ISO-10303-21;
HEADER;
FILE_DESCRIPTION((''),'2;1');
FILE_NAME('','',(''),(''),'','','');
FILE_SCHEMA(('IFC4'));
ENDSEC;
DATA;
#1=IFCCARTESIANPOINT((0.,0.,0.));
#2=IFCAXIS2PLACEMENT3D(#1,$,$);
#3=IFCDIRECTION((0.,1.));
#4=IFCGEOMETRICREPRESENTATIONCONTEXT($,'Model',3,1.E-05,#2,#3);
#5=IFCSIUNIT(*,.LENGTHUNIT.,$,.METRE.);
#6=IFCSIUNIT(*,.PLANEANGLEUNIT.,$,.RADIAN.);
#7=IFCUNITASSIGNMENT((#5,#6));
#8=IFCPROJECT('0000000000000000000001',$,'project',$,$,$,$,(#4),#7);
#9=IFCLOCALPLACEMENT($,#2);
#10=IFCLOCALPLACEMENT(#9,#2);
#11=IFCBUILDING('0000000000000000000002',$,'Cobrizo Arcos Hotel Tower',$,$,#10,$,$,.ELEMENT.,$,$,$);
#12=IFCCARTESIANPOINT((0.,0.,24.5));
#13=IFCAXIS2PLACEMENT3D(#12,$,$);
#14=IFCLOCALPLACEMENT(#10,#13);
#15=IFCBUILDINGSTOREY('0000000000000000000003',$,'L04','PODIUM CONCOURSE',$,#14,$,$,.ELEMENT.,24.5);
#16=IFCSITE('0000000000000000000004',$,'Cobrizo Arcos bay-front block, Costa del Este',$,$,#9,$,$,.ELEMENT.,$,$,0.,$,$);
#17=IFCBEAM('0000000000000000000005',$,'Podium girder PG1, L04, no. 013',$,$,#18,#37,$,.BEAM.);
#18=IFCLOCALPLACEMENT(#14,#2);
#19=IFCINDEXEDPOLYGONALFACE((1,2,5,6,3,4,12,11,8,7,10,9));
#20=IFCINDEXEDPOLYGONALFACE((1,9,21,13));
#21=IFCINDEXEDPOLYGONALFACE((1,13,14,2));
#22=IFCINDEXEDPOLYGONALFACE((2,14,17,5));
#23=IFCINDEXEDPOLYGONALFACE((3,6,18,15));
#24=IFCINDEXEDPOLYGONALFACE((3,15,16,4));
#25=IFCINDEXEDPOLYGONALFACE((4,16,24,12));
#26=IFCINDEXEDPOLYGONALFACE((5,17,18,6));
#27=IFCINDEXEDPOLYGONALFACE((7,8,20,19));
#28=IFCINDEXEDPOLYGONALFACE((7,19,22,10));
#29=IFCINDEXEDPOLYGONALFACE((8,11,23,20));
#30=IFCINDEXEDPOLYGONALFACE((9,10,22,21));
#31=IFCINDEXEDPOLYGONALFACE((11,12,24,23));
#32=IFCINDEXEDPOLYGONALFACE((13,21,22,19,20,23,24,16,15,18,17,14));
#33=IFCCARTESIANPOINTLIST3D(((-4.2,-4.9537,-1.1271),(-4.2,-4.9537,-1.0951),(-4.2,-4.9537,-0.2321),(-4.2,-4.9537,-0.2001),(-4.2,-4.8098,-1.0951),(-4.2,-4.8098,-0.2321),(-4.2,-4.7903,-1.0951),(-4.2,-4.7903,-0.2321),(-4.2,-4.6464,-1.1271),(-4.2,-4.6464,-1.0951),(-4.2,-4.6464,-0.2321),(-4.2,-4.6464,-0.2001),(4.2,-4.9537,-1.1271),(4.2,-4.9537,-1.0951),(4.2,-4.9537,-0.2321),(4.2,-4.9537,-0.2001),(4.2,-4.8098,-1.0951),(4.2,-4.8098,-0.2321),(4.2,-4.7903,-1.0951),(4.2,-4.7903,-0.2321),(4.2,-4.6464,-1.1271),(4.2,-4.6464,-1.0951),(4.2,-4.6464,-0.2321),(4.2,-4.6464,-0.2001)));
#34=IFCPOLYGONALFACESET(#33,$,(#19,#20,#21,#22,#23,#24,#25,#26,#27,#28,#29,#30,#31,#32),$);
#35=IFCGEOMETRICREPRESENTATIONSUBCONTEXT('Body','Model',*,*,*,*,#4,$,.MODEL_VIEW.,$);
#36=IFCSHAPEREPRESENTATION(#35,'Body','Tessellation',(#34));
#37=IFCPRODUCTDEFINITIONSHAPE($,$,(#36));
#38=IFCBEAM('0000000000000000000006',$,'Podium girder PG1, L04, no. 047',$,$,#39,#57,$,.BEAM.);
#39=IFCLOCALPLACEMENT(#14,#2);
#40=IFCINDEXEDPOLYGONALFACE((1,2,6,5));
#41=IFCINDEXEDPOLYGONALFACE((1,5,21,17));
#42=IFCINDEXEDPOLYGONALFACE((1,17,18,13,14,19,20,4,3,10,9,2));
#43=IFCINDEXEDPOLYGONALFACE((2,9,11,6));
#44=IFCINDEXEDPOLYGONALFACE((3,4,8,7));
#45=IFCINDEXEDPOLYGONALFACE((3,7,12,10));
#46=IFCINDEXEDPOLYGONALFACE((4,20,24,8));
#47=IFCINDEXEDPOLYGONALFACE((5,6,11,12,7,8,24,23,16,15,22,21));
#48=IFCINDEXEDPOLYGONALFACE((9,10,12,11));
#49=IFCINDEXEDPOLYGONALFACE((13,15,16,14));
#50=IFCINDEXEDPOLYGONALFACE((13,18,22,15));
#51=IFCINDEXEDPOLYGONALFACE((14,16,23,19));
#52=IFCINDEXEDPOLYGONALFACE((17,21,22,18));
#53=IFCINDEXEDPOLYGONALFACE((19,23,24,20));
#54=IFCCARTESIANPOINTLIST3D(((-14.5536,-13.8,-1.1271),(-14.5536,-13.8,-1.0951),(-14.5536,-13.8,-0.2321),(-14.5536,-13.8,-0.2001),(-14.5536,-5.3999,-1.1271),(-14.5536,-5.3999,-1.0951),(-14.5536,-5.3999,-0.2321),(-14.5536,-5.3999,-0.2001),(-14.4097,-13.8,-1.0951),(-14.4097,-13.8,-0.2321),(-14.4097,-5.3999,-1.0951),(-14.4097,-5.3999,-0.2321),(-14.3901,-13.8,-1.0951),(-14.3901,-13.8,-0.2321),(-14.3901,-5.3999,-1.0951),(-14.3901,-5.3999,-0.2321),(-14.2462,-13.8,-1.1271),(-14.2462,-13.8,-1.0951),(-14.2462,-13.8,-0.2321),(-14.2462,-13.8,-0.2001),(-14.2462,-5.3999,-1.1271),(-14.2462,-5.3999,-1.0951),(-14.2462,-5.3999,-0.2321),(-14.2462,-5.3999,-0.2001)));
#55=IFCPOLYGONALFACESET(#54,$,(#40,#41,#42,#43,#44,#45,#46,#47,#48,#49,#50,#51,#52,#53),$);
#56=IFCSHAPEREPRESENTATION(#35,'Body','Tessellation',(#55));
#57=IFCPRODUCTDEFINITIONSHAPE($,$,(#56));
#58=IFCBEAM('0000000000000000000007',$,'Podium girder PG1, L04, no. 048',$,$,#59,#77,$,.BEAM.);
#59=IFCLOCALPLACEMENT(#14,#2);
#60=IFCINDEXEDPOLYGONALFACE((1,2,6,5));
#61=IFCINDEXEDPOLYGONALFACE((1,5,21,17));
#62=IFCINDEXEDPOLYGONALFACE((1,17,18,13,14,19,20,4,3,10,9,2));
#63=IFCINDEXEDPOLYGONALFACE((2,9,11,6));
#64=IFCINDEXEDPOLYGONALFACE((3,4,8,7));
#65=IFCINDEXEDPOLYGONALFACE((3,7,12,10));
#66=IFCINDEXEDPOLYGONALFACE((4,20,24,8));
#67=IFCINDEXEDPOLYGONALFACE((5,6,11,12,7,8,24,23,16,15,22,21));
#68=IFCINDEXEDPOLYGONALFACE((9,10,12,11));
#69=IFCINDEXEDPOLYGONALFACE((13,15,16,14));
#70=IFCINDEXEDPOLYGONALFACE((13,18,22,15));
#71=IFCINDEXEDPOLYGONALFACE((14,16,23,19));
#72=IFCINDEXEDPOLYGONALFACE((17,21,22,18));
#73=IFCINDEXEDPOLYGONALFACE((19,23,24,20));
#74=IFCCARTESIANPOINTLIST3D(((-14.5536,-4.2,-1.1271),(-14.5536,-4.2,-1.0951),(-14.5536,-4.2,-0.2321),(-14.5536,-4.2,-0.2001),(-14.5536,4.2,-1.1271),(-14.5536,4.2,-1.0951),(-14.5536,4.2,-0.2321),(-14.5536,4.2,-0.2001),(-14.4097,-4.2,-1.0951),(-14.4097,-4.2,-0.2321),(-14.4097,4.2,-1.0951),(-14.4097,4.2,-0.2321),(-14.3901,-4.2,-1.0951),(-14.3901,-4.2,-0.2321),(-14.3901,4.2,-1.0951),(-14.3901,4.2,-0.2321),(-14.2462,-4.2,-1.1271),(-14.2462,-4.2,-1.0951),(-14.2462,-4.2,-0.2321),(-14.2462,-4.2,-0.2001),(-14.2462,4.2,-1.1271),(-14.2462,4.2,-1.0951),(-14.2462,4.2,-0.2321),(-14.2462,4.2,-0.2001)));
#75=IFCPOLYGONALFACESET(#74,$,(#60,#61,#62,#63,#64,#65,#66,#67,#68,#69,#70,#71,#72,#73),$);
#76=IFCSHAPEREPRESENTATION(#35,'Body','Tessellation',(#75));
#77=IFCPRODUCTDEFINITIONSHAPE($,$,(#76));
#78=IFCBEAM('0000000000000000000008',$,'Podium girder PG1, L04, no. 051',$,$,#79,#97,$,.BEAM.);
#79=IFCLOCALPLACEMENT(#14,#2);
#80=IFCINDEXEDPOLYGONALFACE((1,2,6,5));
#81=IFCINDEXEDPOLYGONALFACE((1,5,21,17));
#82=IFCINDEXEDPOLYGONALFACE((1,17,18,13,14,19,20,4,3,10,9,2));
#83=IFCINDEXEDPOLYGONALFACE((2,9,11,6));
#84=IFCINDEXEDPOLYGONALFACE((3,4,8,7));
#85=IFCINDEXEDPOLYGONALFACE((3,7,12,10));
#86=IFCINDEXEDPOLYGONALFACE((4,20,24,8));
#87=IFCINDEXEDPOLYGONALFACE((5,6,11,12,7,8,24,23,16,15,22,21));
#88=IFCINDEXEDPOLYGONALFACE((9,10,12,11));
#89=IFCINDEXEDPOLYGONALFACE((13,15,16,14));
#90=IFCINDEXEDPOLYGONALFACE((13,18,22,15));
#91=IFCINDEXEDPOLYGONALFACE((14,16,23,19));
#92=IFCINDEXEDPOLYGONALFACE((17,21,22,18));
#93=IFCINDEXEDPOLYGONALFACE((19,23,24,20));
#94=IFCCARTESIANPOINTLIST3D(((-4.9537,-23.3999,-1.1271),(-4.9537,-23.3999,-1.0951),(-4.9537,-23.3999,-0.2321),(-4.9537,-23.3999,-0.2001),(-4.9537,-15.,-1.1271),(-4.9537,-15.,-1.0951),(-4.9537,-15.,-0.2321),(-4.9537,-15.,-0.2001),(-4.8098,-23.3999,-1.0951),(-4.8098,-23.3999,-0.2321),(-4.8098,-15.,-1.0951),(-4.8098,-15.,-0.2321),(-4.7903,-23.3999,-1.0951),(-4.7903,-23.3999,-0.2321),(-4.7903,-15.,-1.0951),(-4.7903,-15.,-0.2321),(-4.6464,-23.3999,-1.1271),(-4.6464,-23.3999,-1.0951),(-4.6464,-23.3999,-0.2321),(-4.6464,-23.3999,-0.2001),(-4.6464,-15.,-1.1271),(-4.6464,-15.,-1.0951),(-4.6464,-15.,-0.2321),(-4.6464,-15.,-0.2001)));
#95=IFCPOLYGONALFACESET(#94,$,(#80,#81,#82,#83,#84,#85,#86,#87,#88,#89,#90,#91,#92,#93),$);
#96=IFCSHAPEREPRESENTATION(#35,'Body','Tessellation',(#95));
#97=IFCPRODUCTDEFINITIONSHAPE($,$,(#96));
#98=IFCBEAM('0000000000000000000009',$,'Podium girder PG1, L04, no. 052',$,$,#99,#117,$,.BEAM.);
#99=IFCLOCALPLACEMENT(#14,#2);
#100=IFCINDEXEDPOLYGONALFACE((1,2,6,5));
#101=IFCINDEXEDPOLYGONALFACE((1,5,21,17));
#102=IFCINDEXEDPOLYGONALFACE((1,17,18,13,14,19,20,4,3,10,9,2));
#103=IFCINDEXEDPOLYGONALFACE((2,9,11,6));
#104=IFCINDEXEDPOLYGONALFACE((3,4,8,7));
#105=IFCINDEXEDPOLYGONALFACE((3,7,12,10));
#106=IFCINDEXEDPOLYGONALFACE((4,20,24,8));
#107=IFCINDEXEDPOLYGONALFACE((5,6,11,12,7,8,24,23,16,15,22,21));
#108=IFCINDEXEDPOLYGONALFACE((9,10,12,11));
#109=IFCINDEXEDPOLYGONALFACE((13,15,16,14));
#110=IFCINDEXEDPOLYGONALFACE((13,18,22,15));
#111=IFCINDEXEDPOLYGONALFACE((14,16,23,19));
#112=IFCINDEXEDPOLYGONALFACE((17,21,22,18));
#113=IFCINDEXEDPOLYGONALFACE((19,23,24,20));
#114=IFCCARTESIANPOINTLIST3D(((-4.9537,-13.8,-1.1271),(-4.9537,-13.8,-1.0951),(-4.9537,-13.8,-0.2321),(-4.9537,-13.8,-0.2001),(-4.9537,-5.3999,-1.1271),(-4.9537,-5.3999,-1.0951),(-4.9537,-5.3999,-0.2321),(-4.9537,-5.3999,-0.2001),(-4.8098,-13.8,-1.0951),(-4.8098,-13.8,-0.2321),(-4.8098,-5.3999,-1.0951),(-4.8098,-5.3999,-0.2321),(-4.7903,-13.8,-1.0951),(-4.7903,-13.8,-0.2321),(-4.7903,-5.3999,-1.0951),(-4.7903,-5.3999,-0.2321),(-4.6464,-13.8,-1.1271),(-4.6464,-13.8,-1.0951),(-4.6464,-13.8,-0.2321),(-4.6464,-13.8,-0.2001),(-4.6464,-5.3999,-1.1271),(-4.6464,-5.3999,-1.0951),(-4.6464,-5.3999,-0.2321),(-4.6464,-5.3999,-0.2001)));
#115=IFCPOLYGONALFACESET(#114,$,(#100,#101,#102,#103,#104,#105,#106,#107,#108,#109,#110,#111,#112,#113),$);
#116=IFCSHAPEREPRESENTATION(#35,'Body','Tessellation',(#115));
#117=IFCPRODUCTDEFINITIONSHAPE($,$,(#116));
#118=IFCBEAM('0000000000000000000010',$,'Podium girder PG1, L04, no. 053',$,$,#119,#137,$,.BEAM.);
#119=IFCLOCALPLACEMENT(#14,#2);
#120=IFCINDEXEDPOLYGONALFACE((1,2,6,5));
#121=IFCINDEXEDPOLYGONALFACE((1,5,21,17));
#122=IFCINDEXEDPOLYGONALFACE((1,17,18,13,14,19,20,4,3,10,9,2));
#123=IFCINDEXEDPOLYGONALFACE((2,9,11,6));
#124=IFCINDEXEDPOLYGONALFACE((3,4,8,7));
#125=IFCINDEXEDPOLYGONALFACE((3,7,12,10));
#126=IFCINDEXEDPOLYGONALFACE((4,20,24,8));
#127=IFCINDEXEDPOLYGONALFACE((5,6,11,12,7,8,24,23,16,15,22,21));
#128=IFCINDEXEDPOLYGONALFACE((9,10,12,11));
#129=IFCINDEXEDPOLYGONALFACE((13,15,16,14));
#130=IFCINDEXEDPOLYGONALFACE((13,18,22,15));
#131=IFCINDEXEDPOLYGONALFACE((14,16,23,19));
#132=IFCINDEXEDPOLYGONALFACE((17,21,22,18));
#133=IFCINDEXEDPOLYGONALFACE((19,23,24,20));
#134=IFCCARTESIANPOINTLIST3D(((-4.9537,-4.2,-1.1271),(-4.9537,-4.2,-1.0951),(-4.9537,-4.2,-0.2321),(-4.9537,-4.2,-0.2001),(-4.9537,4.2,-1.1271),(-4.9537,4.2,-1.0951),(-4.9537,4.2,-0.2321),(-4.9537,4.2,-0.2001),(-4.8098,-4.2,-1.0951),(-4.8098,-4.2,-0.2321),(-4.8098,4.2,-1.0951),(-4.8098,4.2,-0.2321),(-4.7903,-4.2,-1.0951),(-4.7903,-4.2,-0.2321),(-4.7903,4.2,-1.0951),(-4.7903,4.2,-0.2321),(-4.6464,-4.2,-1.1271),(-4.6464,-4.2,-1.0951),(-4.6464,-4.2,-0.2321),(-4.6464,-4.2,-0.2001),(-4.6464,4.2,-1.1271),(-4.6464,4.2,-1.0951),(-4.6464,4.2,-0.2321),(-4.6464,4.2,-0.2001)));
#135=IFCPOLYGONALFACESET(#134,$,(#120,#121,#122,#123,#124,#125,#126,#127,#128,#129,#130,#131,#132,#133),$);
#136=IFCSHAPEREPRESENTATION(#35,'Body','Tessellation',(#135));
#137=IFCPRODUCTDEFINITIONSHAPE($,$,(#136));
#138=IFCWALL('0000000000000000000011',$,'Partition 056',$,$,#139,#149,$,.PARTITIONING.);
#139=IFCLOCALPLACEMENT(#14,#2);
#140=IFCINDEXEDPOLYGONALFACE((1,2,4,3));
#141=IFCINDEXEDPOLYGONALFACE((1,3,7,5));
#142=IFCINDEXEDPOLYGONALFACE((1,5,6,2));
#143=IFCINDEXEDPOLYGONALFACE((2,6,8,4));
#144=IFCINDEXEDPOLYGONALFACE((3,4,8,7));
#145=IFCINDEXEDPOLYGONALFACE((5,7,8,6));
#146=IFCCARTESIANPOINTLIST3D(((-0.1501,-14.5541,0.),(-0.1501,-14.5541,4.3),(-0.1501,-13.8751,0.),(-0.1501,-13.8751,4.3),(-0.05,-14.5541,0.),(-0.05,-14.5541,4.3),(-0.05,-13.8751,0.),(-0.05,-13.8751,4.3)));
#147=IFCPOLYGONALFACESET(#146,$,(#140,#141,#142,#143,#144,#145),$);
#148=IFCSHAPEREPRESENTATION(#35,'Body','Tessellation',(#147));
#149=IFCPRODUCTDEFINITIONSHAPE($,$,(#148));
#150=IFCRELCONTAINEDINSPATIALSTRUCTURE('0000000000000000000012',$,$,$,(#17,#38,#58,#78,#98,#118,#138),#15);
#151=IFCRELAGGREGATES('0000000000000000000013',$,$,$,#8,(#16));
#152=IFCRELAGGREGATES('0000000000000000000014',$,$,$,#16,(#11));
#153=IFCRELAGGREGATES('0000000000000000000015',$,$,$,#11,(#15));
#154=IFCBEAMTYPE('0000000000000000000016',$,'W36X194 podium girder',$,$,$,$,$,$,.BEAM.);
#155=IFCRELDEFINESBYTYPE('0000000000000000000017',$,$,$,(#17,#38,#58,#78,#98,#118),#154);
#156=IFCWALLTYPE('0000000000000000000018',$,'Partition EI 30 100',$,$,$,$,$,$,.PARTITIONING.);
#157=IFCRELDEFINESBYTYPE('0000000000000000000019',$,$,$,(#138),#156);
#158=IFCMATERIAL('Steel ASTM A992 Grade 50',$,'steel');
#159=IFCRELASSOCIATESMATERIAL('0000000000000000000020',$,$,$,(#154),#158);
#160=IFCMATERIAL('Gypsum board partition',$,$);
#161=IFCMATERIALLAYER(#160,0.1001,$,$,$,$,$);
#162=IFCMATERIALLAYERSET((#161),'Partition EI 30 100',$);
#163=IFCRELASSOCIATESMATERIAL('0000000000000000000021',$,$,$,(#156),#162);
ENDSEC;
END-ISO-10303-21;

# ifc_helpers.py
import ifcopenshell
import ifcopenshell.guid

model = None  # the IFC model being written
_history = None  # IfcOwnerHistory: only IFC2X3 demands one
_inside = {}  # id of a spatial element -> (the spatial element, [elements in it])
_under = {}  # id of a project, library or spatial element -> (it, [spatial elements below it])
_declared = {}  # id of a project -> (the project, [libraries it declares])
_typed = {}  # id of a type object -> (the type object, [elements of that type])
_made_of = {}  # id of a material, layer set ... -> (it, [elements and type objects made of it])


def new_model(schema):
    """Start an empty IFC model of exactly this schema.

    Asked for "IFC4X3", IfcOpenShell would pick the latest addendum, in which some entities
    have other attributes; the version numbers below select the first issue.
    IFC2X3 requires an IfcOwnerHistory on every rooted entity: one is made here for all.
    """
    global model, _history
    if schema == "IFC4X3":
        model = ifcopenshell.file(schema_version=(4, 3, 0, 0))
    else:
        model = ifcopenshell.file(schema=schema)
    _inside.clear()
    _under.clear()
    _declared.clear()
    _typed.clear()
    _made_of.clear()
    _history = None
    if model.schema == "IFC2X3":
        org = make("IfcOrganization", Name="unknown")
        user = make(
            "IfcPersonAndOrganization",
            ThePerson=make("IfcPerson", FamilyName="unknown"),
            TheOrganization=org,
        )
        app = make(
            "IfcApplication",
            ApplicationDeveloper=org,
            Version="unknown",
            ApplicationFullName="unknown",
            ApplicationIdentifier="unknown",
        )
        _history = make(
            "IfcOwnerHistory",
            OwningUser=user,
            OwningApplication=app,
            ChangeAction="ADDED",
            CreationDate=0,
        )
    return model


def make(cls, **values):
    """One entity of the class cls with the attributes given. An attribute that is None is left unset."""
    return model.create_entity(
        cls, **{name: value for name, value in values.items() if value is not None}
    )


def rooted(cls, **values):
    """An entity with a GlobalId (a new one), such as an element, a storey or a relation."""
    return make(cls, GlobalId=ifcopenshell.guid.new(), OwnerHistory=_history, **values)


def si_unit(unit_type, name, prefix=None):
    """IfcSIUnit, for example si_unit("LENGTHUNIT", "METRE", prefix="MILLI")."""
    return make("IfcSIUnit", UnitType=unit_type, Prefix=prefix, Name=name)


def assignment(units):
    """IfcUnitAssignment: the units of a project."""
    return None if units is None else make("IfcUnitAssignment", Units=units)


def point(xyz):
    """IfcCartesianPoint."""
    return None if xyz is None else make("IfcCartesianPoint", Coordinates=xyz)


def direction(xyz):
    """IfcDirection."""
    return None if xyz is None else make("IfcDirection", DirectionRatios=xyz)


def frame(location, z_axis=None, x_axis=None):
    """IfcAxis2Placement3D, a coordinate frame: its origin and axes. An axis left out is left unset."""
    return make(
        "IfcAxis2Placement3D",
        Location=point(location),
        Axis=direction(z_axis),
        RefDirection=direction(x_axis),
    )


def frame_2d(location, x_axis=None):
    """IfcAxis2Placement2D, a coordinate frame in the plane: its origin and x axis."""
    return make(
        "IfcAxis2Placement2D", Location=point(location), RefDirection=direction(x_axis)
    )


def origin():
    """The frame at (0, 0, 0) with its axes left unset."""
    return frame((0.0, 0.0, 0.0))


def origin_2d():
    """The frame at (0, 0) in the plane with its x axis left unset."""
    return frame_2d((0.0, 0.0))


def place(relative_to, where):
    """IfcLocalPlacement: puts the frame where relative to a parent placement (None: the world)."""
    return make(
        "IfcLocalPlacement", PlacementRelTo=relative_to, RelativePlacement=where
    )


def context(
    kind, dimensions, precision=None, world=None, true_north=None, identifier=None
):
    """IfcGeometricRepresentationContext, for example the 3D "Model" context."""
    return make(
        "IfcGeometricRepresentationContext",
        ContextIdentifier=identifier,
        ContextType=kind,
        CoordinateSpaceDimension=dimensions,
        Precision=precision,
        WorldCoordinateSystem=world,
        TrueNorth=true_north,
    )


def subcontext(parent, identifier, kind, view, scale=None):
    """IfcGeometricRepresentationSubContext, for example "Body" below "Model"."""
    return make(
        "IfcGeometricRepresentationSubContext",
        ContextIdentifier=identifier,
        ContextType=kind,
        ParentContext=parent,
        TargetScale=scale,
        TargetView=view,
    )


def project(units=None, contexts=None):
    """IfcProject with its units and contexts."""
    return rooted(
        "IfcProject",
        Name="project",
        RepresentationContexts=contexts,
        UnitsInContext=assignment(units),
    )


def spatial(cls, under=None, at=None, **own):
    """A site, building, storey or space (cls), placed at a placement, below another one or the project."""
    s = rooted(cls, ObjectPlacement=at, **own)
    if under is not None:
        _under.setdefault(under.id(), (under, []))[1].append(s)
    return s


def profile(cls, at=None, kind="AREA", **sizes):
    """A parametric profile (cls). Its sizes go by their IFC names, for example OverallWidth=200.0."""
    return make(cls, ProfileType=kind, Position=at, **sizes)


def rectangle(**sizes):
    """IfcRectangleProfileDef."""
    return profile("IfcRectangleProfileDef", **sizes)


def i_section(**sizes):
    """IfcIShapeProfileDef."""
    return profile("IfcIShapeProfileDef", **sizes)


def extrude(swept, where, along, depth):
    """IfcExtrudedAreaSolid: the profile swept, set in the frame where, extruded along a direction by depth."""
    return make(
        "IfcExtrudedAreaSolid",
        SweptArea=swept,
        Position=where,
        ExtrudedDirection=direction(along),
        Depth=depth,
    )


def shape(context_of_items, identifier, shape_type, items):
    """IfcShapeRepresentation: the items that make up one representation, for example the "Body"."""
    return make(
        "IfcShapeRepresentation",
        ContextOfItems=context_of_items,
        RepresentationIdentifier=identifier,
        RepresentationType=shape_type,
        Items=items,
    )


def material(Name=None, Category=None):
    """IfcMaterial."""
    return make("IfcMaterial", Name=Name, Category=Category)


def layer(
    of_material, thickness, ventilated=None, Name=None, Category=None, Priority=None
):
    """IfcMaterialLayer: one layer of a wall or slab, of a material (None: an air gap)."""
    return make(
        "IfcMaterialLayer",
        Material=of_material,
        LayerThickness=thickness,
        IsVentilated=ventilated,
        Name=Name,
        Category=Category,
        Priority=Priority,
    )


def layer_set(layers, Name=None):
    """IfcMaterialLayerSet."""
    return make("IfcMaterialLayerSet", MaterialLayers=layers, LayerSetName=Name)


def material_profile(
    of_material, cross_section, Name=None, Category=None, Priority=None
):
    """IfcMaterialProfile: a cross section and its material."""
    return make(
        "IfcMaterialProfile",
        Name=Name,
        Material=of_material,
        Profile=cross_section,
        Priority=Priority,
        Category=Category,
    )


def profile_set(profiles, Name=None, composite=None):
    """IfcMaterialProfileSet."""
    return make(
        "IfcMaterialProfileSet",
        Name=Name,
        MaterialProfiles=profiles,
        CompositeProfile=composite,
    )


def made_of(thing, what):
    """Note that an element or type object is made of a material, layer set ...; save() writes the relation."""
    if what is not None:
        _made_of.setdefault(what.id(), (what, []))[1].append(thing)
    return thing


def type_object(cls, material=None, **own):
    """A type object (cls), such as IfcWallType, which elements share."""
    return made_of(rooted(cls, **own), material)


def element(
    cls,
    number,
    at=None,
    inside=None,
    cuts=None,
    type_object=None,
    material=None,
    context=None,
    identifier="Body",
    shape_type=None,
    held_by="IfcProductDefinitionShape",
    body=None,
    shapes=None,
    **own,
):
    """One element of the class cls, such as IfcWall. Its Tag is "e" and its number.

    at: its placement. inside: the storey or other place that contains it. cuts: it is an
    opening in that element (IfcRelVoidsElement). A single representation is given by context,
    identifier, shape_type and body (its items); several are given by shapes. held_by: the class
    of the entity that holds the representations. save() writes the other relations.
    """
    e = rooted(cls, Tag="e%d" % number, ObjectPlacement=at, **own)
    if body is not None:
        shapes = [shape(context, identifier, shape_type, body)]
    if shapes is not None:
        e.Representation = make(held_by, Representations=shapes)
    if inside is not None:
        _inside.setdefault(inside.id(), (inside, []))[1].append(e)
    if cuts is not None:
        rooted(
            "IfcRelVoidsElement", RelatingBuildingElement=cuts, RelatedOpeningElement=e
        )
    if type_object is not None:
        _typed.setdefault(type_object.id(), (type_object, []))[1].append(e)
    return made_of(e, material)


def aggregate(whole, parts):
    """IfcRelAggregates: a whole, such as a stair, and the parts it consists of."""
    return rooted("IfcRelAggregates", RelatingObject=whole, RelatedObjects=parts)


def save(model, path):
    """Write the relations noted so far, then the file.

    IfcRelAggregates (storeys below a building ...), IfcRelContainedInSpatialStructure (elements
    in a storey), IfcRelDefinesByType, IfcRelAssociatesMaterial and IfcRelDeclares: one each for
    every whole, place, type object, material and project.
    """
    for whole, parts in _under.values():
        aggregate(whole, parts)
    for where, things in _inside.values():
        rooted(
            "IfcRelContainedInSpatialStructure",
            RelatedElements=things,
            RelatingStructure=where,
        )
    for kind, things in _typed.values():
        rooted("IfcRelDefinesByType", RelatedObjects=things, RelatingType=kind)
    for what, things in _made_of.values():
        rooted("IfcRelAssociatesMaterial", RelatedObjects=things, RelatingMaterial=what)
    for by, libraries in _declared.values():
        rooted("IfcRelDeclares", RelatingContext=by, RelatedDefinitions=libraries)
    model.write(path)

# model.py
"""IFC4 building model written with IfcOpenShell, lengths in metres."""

from ifc_helpers import new_model, si_unit, direction, frame, frame_2d, origin, origin_2d, place, context, subcontext, project, spatial, rectangle, i_section, extrude, material, layer, layer_set, material_profile, profile_set, type_object, element, save


model = new_model("IFC4")

# Units and contexts
model_context = context("Model", 3, precision=1e-05, world=origin(), true_north=direction((0.0, 1.0)))
body_context = subcontext(model_context, "Body", "Model", "MODEL_VIEW")
ifc_project = project(units=[si_unit("LENGTHUNIT", "METRE"), si_unit("PLANEANGLEUNIT", "RADIAN")], contexts=[model_context])

# Site, building, storey
site_placement = place(None, origin())
site = spatial("IfcSite", under=ifc_project, at=site_placement, Name="Cobrizo Arcos bay-front block, Costa del Este", CompositionType="ELEMENT", RefElevation=0.0)
building_placement = place(site_placement, origin())
building = spatial("IfcBuilding", under=site, at=building_placement, Name="Cobrizo Arcos Hotel Tower", CompositionType="ELEMENT")
storey_placement = place(building_placement, frame((0.0, 0.0, 24.5)))
storey = spatial("IfcBuildingStorey", under=building, at=storey_placement, Name="L04", Description="PODIUM CONCOURSE", CompositionType="ELEMENT", Elevation=24.5)

# Beams
ifc_material_1 = material(Name="Steel ASTM A992 Grade 50", Category="steel")
ifc_material_profile_1 = material_profile(ifc_material_1, i_section(OverallWidth=0.3074, OverallDepth=0.927, WebThickness=0.0195, FlangeThickness=0.032, at=origin_2d()), Name="W36X194")
ifc_profile_set_1 = profile_set([ifc_material_profile_1], Name="Steel ASTM A992 Grade 50")
beam_type_1 = type_object("IfcBeamType", Name="W36X194 podium girder", PredefinedType="BEAM", material=ifc_profile_set_1)
beam_1_placement = place(storey_placement, frame((-4.2, -4.8, -0.6636), z_axis=(1.0, 0.0, 0.0), x_axis=(0.0, 1.0, 0.0)))
element("IfcBeam", 1, at=beam_1_placement, inside=storey, type_object=beam_type_1, Name="Podium girder PG1, L04, no. 013", PredefinedType="BEAM", context=body_context, shape_type="SweptSolid", body=[
    extrude(i_section(OverallWidth=0.3074, OverallDepth=0.927, WebThickness=0.0195, FlangeThickness=0.032, at=origin_2d()), origin(), (0.0, 0.0, 1.0), 8.3999),
])
beam_2_placement = place(storey_placement, frame((-14.3999, -13.8, -0.6636), z_axis=(0.0, 1.0, 0.0), x_axis=(-1.0, 0.0, 0.0)))
element("IfcBeam", 2, at=beam_2_placement, inside=storey, type_object=beam_type_1, Name="Podium girder PG1, L04, no. 047", PredefinedType="BEAM", context=body_context, shape_type="SweptSolid", body=[
    extrude(i_section(OverallWidth=0.3074, OverallDepth=0.927, WebThickness=0.0195, FlangeThickness=0.032, at=origin_2d()), origin(), (0.0, 0.0, 1.0), 8.4001),
])
for number, where, z_axis, x_axis, name in (
    (3, (-14.3999, -4.2, -0.6636), (0.0, 1.0, 0.0), (-1.0, 0.0, 0.0), "Podium girder PG1, L04, no. 048"),
    (4, (-4.8, -23.3999, -0.6636), (0.0, 1.0, 0.0), (-1.0, 0.0, 0.0), "Podium girder PG1, L04, no. 051"),
):
    element("IfcBeam", number, at=place(storey_placement, frame(where, z_axis=z_axis, x_axis=x_axis)), inside=storey, type_object=beam_type_1, Name=name, PredefinedType="BEAM", context=body_context, shape_type="SweptSolid", body=[
        extrude(i_section(OverallWidth=0.3074, OverallDepth=0.927, WebThickness=0.0195, FlangeThickness=0.032, at=origin_2d()), origin(), (0.0, 0.0, 1.0), 8.3999),
    ])
beam_3_placement = place(storey_placement, frame((-4.8, -13.8, -0.6636), z_axis=(0.0, 1.0, 0.0), x_axis=(-1.0, 0.0, 0.0)))
element("IfcBeam", 5, at=beam_3_placement, inside=storey, type_object=beam_type_1, Name="Podium girder PG1, L04, no. 052", PredefinedType="BEAM", context=body_context, shape_type="SweptSolid", body=[
    extrude(i_section(OverallWidth=0.3074, OverallDepth=0.927, WebThickness=0.0195, FlangeThickness=0.032, at=origin_2d()), origin(), (0.0, 0.0, 1.0), 8.4001),
])
beam_4_placement = place(storey_placement, frame((-4.8, -4.2, -0.6636), z_axis=(0.0, 1.0, 0.0), x_axis=(-1.0, 0.0, 0.0)))
element("IfcBeam", 6, at=beam_4_placement, inside=storey, type_object=beam_type_1, Name="Podium girder PG1, L04, no. 053", PredefinedType="BEAM", context=body_context, shape_type="SweptSolid", body=[
    extrude(i_section(OverallWidth=0.3074, OverallDepth=0.927, WebThickness=0.0195, FlangeThickness=0.032, at=origin_2d()), origin(), (0.0, 0.0, 1.0), 8.3999),
])

# Wall
ifc_material_2 = material(Name="Gypsum board partition")
ifc_layer = layer(ifc_material_2, 0.1001)
ifc_layer_set = layer_set([ifc_layer], Name="Partition EI 30 100")
wall_type = type_object("IfcWallType", Name="Partition EI 30 100", PredefinedType="PARTITIONING", material=ifc_layer_set)
wall_placement = place(storey_placement, frame((-0.1001, -14.554, 0.0), z_axis=(0.0, 0.0, 1.0), x_axis=(0.0, 1.0, 0.0)))
element("IfcWall", 7, at=wall_placement, inside=storey, type_object=wall_type, Name="Partition 056", PredefinedType="PARTITIONING", context=body_context, shape_type="SweptSolid", body=[
    extrude(rectangle(XDim=0.679, YDim=0.1001, at=frame_2d((0.3394, 0.0))), origin(), (0.0, 0.0, 1.0), 4.3),
])

save(model, "model.ifc")
